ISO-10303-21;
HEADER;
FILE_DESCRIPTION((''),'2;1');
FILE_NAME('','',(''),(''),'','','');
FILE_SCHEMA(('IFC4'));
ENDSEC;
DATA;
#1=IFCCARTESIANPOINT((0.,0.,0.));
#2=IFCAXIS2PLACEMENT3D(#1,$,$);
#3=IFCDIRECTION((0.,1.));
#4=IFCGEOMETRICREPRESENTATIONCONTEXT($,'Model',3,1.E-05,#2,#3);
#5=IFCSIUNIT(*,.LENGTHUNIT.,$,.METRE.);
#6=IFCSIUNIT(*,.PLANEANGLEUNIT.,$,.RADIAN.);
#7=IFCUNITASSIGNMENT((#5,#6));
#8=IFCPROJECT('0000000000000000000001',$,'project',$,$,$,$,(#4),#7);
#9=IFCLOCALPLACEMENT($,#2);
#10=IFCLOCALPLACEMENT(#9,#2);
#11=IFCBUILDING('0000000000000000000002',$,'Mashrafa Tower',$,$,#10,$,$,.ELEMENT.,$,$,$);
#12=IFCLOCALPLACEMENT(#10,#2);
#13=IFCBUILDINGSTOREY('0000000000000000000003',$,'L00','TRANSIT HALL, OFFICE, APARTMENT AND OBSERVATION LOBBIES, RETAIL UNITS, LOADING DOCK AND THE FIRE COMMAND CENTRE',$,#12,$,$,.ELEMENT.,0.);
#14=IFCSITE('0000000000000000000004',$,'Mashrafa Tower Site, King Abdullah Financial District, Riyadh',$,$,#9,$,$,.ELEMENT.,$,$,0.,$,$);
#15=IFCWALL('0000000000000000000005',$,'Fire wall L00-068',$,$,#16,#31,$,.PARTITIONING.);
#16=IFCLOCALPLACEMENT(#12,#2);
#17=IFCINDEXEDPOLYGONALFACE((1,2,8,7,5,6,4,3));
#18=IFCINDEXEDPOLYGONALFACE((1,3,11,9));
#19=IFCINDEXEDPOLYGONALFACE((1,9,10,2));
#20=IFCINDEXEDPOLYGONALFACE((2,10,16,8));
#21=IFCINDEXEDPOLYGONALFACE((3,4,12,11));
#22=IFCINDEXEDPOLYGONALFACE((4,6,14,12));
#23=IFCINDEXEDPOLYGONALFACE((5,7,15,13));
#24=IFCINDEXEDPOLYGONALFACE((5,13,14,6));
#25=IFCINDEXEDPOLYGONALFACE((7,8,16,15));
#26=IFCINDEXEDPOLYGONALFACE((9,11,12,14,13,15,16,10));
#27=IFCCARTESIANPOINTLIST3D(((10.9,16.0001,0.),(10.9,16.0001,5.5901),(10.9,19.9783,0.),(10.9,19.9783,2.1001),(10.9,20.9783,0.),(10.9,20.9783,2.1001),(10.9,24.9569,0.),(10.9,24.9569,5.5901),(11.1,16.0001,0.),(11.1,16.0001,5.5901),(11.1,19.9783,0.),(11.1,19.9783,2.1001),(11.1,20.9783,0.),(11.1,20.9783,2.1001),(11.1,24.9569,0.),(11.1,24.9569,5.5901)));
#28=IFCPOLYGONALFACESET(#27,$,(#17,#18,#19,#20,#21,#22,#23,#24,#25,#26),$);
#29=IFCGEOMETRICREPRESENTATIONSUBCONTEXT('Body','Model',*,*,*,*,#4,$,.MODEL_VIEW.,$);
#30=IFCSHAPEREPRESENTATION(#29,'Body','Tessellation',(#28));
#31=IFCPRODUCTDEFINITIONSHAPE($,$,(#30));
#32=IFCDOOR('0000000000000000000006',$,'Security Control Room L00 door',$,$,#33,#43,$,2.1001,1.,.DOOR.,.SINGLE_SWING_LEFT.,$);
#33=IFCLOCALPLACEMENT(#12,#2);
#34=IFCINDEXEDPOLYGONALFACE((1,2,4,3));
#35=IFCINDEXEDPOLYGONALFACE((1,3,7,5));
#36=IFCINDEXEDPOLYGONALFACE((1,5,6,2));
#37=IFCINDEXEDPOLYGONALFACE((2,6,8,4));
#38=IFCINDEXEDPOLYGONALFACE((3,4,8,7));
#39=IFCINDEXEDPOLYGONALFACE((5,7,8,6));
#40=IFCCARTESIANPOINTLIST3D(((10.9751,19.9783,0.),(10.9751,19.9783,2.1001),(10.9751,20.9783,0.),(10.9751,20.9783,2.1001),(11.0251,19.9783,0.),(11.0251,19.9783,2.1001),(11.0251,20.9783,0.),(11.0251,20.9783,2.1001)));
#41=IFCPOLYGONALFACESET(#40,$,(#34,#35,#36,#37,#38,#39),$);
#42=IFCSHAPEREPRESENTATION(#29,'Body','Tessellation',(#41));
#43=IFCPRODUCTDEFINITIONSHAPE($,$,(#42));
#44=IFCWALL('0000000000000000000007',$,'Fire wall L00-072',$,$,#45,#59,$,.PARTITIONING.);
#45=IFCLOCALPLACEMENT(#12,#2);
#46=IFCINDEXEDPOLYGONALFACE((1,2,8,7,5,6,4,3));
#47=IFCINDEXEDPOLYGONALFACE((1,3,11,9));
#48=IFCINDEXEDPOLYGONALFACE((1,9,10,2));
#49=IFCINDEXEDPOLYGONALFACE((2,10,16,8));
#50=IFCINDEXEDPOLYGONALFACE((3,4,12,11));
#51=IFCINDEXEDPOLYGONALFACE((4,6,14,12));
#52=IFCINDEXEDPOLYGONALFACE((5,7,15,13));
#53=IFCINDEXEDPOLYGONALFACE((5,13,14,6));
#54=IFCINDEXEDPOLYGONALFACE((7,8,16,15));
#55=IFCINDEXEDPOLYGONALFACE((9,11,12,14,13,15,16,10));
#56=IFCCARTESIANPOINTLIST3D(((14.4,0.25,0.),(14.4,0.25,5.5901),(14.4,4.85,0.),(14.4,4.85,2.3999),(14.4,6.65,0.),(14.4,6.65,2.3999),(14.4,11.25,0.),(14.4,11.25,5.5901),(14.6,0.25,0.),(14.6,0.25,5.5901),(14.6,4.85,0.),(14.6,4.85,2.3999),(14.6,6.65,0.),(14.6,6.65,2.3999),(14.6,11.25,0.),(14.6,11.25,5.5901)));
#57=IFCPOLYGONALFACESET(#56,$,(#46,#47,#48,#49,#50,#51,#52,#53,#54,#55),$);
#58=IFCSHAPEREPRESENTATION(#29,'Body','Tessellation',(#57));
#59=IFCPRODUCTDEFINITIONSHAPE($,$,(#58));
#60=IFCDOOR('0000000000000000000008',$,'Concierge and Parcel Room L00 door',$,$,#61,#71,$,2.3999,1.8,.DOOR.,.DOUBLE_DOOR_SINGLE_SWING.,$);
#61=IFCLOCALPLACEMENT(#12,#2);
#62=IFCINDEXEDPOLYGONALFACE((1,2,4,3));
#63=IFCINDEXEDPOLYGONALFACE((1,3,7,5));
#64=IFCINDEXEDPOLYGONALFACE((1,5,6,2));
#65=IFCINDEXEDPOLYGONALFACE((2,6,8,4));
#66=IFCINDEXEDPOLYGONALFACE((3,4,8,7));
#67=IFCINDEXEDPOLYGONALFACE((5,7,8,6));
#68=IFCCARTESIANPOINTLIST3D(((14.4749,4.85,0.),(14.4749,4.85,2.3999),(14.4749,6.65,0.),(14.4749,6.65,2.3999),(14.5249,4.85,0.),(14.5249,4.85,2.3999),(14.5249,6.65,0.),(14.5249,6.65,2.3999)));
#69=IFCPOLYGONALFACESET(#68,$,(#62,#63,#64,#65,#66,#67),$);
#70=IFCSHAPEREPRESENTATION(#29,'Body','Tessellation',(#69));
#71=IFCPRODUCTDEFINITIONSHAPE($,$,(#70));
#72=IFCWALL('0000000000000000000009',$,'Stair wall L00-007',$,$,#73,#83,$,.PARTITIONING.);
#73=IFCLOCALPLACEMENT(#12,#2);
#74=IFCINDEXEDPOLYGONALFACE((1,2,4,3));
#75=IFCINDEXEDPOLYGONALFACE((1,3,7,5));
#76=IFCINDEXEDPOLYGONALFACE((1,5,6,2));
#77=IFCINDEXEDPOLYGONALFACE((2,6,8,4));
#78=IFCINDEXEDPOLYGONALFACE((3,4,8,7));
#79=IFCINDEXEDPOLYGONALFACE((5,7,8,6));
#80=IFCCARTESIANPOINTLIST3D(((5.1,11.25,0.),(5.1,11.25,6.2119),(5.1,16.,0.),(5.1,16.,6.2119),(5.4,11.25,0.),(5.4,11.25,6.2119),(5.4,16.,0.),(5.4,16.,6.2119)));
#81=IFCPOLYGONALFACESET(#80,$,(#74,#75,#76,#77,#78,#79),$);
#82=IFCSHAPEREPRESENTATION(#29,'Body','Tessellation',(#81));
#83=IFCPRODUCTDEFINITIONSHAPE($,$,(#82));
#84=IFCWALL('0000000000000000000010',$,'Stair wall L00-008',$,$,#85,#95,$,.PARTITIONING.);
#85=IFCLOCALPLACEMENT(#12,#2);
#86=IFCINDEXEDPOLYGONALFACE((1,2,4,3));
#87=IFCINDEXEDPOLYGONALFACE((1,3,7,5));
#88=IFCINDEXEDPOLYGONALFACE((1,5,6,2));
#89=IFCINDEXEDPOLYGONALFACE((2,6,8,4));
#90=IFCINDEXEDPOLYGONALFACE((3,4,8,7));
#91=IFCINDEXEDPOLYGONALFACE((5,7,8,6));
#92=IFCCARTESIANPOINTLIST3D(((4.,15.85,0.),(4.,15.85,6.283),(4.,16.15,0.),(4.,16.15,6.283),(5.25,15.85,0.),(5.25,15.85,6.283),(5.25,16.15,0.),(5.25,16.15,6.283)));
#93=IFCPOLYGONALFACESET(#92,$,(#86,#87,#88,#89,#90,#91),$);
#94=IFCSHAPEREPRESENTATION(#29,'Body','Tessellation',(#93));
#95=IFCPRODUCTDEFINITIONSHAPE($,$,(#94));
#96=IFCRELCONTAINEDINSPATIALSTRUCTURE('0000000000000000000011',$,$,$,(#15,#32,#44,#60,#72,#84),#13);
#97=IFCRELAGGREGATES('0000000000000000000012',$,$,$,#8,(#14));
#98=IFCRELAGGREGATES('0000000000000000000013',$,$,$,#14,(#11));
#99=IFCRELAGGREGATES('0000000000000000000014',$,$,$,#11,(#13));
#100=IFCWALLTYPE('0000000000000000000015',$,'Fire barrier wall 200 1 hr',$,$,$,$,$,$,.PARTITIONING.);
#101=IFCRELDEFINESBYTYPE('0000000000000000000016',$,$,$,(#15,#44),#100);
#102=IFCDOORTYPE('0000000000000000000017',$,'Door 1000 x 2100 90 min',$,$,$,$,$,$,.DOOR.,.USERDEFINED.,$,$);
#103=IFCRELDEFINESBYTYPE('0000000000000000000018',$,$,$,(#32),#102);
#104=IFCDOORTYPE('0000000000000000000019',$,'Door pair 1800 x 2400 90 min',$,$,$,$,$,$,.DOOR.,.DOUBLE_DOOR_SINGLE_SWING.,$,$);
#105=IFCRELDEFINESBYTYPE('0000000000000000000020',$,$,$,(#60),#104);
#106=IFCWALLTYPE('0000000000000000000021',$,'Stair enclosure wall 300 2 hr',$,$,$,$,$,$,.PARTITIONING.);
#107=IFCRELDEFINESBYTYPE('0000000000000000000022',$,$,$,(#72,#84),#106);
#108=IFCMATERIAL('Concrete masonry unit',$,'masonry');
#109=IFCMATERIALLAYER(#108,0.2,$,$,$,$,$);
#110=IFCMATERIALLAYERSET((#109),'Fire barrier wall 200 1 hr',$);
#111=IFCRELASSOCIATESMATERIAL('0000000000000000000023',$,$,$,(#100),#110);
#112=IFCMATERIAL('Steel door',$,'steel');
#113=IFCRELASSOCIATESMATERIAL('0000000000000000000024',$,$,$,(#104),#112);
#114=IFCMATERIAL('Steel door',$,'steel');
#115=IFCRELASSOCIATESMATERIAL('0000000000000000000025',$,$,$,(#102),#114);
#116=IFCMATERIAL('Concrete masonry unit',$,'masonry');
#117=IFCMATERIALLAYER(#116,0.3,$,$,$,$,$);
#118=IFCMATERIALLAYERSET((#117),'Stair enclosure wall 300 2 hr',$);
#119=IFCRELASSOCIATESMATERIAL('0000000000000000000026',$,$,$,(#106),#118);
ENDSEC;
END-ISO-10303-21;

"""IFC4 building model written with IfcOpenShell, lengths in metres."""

from ifc_helpers import new_model, si_unit, direction, frame, frame_2d, origin, place, context, subcontext, project, spatial, rectangle, extrude, material, layer, layer_set, type_object, element, fill, save


model = new_model("IFC4")

# Units and contexts
model_context = context("Model", 3, precision=1e-05, world=origin(), true_north=direction((0.0, 1.0)))
body_context = subcontext(model_context, "Body", "Model", "MODEL_VIEW")
ifc_project = project(units=[si_unit("LENGTHUNIT", "METRE"), si_unit("PLANEANGLEUNIT", "RADIAN")], contexts=[model_context])

# Site, building, storey
site_placement = place(None, origin())
site = spatial("IfcSite", under=ifc_project, at=site_placement, Name="Mashrafa Tower Site, King Abdullah Financial District, Riyadh", CompositionType="ELEMENT", RefElevation=0.0)
building_placement = place(site_placement, origin())
building = spatial("IfcBuilding", under=site, at=building_placement, Name="Mashrafa Tower", CompositionType="ELEMENT")
storey_placement = place(building_placement, origin())
storey = spatial("IfcBuildingStorey", under=building, at=storey_placement, Name="L00", Description="TRANSIT HALL, OFFICE, APARTMENT AND OBSERVATION LOBBIES, RETAIL UNITS, LOADING DOCK AND THE FIRE COMMAND CENTRE", CompositionType="ELEMENT", Elevation=0.0)

# Walls, openings, doors
ifc_material_1 = material(Name="Concrete masonry unit", Category="masonry")
ifc_layer_1 = layer(ifc_material_1, 0.2)
ifc_layer_set_1 = layer_set([ifc_layer_1], Name="Fire barrier wall 200 1 hr")
wall_type_1 = type_object("IfcWallType", Name="Fire barrier wall 200 1 hr", PredefinedType="PARTITIONING", material=ifc_layer_set_1)
ifc_material_2 = material(Name="Steel door", Category="steel")
door_type_1 = type_object("IfcDoorType", Name="Door pair 1800 x 2400 90 min", OperationType="DOUBLE_DOOR_SINGLE_SWING", PredefinedType="DOOR", material=ifc_material_2)
wall_1_placement = place(storey_placement, frame((11.0, 16.0, 0.0), z_axis=(0.0, 0.0, 1.0), x_axis=(0.0, 1.0, 0.0)))
wall_1 = element("IfcWall", 1, at=wall_1_placement, inside=storey, type_object=wall_type_1, Name="Fire wall L00-068", PredefinedType="PARTITIONING", context=body_context, shape_type="SweptSolid", body=[
    extrude(rectangle(XDim=8.9568, YDim=0.2, at=frame_2d((4.4785, 0.0))), origin(), (0.0, 0.0, 1.0), 5.5901),
])
opening_1_placement = place(wall_1_placement, frame((3.9783, 0.0, 0.0)))
opening_1 = element("IfcOpeningElement", 2, at=opening_1_placement, cuts=wall_1, PredefinedType="OPENING", context=body_context, shape_type="SweptSolid", body=[
    extrude(rectangle(XDim=1.0, YDim=2.1001, at=frame_2d((0.5, 1.05))), frame((0.0, 0.1099, 0.0), z_axis=(0.0, -1.0, 0.0), x_axis=(1.0, 0.0, 0.0)), (0.0, 0.0, 1.0), 0.22),
])
ifc_material_3 = material(Name="Steel door", Category="steel")
door_type_2 = type_object("IfcDoorType", Name="Door 1000 x 2100 90 min", OperationType="USERDEFINED", PredefinedType="DOOR", material=ifc_material_3)
door_1_placement = place(opening_1_placement, origin())
door_1 = element("IfcDoor", 3, at=door_1_placement, inside=storey, type_object=door_type_2, Name="Security Control Room L00 door", OperationType="SINGLE_SWING_LEFT", OverallHeight=2.1001, OverallWidth=1.0, PredefinedType="DOOR", context=body_context, shape_type="SweptSolid", body=[
    extrude(rectangle(XDim=1.0, YDim=2.1001, at=frame_2d((0.5, 1.05))), frame((0.0, 0.0249, 0.0), z_axis=(0.0, -1.0, 0.0), x_axis=(1.0, 0.0, 0.0)), (0.0, 0.0, 1.0), 0.05),
])
fill(opening_1, door_1)
wall_2_placement = place(storey_placement, frame((14.5, 11.25, 0.0), z_axis=(0.0, 0.0, 1.0), x_axis=(0.0, -1.0, 0.0)))
wall_2 = element("IfcWall", 4, at=wall_2_placement, inside=storey, type_object=wall_type_1, Name="Fire wall L00-072", PredefinedType="PARTITIONING", context=body_context, shape_type="SweptSolid", body=[
    extrude(rectangle(XDim=11.0, YDim=0.2, at=frame_2d((5.5, 0.0))), origin(), (0.0, 0.0, 1.0), 5.5901),
])
opening_2_placement = place(wall_2_placement, frame((4.6001, 0.0, 0.0)))
opening_2 = element("IfcOpeningElement", 5, at=opening_2_placement, cuts=wall_2, PredefinedType="OPENING", context=body_context, shape_type="SweptSolid", body=[
    extrude(rectangle(XDim=1.8, YDim=2.3999, at=frame_2d((0.8999, 1.2))), frame((0.0, 0.1099, 0.0), z_axis=(0.0, -1.0, 0.0), x_axis=(1.0, 0.0, 0.0)), (0.0, 0.0, 1.0), 0.22),
])
door_2_placement = place(opening_2_placement, origin())
door_2 = element("IfcDoor", 6, at=door_2_placement, inside=storey, type_object=door_type_1, Name="Concierge and Parcel Room L00 door", OperationType="DOUBLE_DOOR_SINGLE_SWING", OverallHeight=2.3999, OverallWidth=1.8, PredefinedType="DOOR", context=body_context, shape_type="SweptSolid", body=[
    extrude(rectangle(XDim=1.8, YDim=2.3999, at=frame_2d((0.8999, 1.2))), frame((0.0, 0.0249, 0.0), z_axis=(0.0, -1.0, 0.0), x_axis=(1.0, 0.0, 0.0)), (0.0, 0.0, 1.0), 0.05),
])
fill(opening_2, door_2)

# Walls
ifc_material_4 = material(Name="Concrete masonry unit", Category="masonry")
ifc_layer_2 = layer(ifc_material_4, 0.3)
ifc_layer_set_2 = layer_set([ifc_layer_2], Name="Stair enclosure wall 300 2 hr")
wall_type_2 = type_object("IfcWallType", Name="Stair enclosure wall 300 2 hr", PredefinedType="PARTITIONING", material=ifc_layer_set_2)
wall_3_placement = place(storey_placement, frame((5.25, 11.25, 0.0), z_axis=(0.0, 0.0, 1.0), x_axis=(0.0, 1.0, 0.0)))
element("IfcWall", 7, at=wall_3_placement, inside=storey, type_object=wall_type_2, Name="Stair wall L00-007", PredefinedType="PARTITIONING", context=body_context, shape_type="SweptSolid", body=[
    extrude(rectangle(XDim=4.75, YDim=0.3, at=frame_2d((2.375, 0.0))), origin(), (0.0, 0.0, 1.0), 6.2119),
])
wall_4_placement = place(storey_placement, frame((5.25, 16.0, 0.0), z_axis=(0.0, 0.0, 1.0), x_axis=(-1.0, 0.0, 0.0)))
element("IfcWall", 8, at=wall_4_placement, inside=storey, type_object=wall_type_2, Name="Stair wall L00-008", PredefinedType="PARTITIONING", context=body_context, shape_type="SweptSolid", body=[
    extrude(rectangle(XDim=1.25, YDim=0.3, at=frame_2d((0.625, 0.0))), origin(), (0.0, 0.0, 1.0), 6.283),
])

save(model, "model.ifc")
